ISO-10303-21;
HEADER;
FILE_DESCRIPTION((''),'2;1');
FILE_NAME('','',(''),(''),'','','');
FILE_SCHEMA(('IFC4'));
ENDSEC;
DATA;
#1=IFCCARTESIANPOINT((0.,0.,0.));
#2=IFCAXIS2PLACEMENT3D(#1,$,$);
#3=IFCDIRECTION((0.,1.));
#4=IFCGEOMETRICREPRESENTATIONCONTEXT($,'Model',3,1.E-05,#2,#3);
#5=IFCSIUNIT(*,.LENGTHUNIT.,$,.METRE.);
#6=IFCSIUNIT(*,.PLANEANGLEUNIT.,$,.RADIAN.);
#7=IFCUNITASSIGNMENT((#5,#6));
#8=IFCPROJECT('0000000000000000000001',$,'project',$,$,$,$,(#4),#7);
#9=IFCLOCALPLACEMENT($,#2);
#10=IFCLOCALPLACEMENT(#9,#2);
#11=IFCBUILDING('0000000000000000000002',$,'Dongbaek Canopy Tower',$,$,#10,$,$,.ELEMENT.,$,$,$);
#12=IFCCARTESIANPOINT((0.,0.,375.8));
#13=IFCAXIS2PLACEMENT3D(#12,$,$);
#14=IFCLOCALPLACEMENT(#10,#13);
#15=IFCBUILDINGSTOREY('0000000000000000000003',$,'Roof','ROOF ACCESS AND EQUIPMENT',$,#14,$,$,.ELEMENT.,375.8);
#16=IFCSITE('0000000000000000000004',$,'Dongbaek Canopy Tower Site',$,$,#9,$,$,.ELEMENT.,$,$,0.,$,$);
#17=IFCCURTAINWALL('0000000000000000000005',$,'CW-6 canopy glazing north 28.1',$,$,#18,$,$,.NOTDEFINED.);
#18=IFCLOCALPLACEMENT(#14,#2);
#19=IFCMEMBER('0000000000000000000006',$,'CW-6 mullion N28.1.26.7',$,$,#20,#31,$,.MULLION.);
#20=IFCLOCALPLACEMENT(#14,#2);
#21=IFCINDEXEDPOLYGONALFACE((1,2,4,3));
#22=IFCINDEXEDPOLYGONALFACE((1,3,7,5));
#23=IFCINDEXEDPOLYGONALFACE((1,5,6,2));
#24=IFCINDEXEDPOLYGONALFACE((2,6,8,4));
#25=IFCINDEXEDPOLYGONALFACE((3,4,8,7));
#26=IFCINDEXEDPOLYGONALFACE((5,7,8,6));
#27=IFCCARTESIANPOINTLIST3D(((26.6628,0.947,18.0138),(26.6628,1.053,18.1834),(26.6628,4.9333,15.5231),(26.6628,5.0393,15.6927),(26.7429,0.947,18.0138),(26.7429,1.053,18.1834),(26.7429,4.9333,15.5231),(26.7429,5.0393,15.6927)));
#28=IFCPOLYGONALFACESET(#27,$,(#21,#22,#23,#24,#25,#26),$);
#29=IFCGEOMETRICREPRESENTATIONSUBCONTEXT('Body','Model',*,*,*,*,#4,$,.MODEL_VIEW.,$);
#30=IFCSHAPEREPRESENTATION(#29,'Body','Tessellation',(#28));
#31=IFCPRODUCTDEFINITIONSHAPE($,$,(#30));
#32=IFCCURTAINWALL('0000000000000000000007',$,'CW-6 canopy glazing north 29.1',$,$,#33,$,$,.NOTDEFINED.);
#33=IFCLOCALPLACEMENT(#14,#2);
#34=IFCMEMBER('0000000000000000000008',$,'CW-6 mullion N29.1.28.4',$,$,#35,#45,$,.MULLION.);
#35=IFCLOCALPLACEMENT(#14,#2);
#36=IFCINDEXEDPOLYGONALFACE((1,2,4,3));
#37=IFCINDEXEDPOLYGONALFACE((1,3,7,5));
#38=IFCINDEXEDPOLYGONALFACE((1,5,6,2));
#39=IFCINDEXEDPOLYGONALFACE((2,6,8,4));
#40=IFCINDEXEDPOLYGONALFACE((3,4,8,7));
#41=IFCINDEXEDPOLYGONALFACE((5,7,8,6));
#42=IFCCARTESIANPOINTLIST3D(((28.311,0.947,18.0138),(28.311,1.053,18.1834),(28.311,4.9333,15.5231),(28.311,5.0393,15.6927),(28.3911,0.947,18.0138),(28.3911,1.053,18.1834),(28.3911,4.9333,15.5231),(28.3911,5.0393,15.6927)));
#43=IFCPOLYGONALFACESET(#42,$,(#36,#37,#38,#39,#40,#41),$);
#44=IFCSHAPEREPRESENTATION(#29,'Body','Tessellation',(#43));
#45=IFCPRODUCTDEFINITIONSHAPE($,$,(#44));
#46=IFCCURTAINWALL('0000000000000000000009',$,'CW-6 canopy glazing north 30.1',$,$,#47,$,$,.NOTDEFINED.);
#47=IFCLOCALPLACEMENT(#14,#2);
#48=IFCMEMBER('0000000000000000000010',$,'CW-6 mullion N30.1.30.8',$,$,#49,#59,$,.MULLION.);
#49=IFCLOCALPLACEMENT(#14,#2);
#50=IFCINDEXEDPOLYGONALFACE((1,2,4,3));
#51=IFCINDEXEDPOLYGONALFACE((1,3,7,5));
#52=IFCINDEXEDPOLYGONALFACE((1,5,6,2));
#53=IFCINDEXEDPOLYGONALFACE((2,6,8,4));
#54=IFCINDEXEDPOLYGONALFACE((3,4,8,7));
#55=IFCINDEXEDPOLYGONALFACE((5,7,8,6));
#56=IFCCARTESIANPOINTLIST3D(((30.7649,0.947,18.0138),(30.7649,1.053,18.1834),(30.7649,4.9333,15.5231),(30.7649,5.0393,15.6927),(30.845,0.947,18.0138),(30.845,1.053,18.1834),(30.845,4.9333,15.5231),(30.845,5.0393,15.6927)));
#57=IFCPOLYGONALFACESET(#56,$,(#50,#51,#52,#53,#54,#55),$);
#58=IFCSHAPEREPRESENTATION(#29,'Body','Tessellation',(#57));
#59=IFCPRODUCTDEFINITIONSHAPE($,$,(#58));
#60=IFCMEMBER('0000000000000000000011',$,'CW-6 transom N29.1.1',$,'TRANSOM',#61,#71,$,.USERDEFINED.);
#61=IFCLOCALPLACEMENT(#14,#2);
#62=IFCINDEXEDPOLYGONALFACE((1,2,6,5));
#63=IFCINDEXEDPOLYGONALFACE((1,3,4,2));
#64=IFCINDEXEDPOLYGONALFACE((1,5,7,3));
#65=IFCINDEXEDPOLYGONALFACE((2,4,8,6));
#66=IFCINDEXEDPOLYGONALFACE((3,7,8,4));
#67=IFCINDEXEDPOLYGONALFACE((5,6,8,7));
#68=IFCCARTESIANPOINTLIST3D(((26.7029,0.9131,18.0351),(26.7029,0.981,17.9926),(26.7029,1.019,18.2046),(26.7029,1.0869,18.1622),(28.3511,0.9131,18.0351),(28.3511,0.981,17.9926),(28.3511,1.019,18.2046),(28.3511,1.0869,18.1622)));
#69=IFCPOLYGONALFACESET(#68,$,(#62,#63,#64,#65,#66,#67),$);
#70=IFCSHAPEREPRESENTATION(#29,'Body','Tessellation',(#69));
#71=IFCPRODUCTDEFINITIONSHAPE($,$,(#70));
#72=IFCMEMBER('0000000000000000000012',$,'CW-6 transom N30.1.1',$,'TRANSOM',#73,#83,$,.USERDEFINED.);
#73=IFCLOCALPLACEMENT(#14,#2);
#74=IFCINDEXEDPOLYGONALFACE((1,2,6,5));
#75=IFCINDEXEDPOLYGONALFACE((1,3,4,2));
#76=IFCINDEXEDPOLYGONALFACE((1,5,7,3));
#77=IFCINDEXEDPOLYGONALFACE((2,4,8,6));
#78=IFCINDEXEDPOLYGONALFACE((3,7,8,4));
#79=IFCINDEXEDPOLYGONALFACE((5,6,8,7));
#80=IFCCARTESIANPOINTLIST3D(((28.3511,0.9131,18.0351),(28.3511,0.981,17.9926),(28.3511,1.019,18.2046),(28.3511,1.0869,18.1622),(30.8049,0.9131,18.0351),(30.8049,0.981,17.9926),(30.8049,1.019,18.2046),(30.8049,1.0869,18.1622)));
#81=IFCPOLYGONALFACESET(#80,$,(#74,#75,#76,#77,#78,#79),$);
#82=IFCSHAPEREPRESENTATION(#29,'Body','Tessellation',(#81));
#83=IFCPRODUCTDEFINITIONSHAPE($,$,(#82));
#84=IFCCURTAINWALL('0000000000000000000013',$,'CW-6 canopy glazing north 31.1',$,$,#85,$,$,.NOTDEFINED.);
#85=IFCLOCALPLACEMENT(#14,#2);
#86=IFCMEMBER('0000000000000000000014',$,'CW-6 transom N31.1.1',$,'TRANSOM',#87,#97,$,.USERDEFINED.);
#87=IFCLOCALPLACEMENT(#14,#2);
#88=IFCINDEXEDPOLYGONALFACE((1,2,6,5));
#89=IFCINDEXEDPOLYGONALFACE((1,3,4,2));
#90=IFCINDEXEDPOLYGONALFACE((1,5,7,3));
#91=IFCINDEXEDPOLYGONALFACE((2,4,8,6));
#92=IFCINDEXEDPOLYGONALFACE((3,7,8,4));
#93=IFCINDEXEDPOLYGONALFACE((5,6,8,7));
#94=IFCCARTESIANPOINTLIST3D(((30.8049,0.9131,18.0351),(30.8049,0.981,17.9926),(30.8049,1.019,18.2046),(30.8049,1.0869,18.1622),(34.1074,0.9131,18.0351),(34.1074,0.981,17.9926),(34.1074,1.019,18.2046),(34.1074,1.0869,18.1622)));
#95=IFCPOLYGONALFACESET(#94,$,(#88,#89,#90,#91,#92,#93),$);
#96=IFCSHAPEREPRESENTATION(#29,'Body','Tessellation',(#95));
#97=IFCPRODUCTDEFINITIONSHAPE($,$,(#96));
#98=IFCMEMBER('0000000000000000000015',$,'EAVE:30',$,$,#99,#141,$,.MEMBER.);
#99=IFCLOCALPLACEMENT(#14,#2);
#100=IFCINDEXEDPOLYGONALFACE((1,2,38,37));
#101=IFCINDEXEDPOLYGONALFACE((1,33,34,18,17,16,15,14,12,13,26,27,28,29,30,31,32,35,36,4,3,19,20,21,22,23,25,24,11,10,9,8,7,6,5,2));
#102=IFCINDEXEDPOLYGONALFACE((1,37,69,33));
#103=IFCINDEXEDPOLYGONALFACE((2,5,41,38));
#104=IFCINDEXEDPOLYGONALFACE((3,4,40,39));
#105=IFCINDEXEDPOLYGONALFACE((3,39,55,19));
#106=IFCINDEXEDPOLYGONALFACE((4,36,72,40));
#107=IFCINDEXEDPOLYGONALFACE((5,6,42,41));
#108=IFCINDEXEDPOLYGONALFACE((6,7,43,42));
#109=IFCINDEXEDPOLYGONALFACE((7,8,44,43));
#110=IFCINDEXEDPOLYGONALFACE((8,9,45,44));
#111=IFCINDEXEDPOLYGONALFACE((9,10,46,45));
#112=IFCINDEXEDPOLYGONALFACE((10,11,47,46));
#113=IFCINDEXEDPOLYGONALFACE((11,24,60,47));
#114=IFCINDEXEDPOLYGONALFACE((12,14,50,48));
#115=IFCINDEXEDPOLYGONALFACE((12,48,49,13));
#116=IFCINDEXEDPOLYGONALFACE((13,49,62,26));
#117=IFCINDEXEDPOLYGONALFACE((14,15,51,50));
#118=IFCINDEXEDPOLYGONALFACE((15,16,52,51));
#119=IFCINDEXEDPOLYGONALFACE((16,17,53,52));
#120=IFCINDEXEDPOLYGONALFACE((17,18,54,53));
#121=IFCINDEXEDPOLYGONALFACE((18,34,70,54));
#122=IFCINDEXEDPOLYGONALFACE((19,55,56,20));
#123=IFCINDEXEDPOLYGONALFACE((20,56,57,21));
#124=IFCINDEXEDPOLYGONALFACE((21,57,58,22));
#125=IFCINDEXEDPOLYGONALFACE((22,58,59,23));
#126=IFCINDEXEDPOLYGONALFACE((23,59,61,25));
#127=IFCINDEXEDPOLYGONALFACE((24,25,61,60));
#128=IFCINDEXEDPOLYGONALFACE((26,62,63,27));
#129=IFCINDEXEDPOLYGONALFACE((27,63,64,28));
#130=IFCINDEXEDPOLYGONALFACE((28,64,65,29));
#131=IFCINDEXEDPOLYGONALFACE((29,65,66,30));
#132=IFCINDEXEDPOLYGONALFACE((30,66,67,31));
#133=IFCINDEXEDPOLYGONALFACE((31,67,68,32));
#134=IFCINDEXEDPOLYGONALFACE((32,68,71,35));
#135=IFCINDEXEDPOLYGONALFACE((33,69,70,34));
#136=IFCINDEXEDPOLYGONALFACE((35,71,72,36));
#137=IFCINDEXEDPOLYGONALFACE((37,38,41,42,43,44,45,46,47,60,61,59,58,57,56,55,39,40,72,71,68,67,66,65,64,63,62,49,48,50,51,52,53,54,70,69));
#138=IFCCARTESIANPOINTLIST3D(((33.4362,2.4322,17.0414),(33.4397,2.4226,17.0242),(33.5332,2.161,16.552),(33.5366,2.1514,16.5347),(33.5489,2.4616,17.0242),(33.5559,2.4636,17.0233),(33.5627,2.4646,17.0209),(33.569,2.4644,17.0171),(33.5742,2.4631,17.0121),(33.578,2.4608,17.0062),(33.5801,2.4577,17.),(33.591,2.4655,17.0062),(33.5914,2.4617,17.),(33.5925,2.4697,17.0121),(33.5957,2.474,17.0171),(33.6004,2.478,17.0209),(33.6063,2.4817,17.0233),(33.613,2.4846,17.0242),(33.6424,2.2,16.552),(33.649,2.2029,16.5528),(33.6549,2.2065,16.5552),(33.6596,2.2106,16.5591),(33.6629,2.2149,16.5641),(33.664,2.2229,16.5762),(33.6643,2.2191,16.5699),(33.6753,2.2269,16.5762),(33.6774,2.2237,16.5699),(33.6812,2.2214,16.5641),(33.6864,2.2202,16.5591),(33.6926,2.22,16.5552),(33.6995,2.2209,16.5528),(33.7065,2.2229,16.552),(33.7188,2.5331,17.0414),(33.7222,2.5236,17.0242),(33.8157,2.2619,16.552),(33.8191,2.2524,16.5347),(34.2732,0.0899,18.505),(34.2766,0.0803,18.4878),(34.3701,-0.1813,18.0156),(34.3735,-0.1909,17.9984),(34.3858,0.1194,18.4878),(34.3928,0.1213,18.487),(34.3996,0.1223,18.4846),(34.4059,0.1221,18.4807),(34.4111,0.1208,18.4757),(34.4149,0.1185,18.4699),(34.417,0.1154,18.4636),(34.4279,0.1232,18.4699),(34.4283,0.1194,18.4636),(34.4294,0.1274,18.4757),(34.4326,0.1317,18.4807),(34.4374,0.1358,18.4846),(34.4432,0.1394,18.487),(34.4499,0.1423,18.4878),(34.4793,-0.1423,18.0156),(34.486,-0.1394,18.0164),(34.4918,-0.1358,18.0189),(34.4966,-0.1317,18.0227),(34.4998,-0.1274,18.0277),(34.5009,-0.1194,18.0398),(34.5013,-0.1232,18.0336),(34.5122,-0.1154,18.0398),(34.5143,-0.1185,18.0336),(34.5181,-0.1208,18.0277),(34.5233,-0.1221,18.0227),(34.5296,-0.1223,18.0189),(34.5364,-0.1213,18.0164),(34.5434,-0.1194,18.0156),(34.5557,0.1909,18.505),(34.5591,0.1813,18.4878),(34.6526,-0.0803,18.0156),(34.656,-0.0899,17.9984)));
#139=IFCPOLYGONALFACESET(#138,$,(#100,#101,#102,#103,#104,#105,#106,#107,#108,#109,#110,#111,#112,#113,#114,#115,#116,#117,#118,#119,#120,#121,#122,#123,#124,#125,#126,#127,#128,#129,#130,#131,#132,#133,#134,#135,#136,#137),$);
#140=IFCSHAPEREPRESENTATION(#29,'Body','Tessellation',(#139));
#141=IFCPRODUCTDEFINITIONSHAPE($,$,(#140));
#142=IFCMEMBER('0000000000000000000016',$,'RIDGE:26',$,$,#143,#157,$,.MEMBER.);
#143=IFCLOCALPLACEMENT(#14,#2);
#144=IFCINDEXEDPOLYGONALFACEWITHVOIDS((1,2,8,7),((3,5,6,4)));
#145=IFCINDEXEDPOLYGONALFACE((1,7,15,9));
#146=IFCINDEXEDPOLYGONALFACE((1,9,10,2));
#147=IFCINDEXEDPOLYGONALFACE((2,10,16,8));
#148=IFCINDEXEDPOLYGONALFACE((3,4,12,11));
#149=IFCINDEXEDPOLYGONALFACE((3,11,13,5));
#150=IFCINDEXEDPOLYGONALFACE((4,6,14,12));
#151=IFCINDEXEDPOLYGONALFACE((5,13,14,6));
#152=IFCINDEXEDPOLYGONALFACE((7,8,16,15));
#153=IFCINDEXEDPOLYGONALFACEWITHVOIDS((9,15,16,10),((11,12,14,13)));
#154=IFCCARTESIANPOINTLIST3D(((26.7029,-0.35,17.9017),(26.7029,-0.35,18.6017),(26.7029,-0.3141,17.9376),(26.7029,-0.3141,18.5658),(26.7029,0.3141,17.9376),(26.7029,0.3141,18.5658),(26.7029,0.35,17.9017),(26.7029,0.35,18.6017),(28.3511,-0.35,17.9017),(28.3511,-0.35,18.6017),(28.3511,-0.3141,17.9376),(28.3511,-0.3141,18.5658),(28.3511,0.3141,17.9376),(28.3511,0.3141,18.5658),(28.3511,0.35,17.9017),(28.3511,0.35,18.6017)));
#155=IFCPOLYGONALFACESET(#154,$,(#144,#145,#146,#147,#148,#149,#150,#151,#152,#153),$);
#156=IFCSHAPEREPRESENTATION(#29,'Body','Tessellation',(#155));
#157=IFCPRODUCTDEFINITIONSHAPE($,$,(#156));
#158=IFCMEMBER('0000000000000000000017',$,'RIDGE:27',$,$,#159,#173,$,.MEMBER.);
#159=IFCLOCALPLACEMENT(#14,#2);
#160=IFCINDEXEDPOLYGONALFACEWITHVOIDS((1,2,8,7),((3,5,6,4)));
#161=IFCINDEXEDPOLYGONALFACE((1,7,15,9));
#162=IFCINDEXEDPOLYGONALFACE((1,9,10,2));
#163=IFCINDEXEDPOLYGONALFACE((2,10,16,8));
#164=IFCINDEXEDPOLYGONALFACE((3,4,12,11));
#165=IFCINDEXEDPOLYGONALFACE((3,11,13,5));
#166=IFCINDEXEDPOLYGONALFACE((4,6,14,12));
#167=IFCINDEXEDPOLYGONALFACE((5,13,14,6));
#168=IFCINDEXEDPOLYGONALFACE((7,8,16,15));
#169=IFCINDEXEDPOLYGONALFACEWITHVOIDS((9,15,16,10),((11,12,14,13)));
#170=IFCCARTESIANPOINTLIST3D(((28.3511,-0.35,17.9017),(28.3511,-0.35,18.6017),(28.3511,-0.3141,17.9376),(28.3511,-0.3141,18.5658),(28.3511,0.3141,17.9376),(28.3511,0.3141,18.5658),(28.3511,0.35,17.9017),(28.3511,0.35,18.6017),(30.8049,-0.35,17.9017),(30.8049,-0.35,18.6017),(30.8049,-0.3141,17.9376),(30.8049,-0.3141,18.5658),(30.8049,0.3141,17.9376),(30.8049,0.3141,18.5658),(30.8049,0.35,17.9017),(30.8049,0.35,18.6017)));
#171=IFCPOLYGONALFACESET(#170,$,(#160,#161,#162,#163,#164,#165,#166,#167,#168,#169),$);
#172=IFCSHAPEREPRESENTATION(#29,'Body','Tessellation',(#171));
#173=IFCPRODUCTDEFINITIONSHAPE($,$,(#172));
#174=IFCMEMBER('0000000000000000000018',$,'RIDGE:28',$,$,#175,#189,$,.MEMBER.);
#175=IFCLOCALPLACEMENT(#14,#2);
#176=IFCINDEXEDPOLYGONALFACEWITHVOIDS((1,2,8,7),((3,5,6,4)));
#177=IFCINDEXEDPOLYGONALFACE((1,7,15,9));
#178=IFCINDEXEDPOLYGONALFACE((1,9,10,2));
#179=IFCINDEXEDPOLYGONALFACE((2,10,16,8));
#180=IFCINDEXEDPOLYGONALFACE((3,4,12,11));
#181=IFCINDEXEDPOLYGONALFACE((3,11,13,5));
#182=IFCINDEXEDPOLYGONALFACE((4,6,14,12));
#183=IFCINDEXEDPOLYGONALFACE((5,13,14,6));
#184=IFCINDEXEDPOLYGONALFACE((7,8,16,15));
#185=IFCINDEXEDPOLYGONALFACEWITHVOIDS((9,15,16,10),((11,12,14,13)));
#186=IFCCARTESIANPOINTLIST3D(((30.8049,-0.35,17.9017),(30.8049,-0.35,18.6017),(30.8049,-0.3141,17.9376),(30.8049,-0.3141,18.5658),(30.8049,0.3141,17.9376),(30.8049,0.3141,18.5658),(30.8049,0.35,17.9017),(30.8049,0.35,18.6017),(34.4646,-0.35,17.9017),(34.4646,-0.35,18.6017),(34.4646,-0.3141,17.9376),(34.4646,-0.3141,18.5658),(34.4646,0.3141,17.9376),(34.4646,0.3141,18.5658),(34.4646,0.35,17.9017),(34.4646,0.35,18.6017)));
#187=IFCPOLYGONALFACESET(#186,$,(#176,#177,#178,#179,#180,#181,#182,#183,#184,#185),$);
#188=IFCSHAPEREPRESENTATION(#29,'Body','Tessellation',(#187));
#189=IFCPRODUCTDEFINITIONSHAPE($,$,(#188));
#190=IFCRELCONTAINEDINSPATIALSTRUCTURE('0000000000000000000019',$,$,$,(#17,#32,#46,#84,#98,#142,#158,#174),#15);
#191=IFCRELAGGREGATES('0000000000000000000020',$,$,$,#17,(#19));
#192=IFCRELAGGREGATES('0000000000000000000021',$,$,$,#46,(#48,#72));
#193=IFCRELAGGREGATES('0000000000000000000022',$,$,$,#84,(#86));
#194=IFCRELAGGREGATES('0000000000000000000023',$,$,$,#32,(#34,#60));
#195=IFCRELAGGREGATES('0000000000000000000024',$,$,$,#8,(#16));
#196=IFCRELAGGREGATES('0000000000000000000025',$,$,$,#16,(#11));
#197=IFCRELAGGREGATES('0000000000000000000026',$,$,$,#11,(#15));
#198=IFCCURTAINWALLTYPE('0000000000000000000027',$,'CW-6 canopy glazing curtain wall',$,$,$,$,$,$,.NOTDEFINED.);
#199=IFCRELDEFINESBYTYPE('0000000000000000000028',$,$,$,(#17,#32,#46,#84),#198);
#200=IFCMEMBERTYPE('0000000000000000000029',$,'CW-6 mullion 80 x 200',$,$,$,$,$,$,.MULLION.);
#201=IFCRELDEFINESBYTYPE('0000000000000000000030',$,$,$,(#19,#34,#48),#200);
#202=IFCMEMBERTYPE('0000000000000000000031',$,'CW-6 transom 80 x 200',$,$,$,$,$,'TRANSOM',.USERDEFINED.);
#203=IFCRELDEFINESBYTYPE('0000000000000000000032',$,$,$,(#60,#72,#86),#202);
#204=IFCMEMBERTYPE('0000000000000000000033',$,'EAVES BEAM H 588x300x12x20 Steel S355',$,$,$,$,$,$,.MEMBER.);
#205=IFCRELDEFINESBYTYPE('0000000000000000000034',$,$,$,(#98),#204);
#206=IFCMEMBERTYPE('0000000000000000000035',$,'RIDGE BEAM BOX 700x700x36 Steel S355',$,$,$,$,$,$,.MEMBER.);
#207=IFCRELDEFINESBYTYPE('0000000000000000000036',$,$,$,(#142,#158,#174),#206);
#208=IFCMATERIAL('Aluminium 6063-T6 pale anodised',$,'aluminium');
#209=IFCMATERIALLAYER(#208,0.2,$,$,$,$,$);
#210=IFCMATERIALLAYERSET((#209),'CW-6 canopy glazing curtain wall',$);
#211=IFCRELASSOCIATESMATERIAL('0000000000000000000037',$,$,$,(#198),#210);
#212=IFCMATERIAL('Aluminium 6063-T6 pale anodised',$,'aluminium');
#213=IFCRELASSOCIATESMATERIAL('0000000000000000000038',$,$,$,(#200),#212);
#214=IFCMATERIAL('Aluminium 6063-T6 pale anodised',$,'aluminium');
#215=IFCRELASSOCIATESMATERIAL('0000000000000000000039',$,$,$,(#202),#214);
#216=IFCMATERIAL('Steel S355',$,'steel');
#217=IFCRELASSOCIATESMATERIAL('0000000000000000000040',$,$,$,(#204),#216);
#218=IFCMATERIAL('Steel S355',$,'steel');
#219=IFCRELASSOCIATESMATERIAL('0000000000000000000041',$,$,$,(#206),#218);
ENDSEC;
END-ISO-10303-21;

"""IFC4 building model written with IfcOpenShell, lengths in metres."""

from ifc_helpers import new_model, si_unit, direction, frame, origin, origin_2d, place, context, subcontext, project, spatial, rectangle, hollow_rectangle, i_section, extrude, material, layer, layer_set, material_profile, profile_set, type_object, element, aggregate, save


model = new_model("IFC4")

# Units and contexts
model_context = context("Model", 3, precision=1e-05, world=origin(), true_north=direction((0.0, 1.0)))
body_context = subcontext(model_context, "Body", "Model", "MODEL_VIEW")
ifc_project = project(units=[si_unit("LENGTHUNIT", "METRE"), si_unit("PLANEANGLEUNIT", "RADIAN")], contexts=[model_context])

# Site, building, storey
site_placement = place(None, origin())
site = spatial("IfcSite", under=ifc_project, at=site_placement, Name="Dongbaek Canopy Tower Site", CompositionType="ELEMENT", RefElevation=0.0)
building_placement = place(site_placement, origin())
building = spatial("IfcBuilding", under=site, at=building_placement, Name="Dongbaek Canopy Tower", CompositionType="ELEMENT")
storey_placement = place(building_placement, frame((0.0, 0.0, 375.8)))
storey = spatial("IfcBuildingStorey", under=building, at=storey_placement, Name="Roof", Description="ROOF ACCESS AND EQUIPMENT", CompositionType="ELEMENT", Elevation=375.8)

# Curtain walls, members
ifc_material_1 = material(Name="Aluminium 6063-T6 pale anodised", Category="aluminium")
ifc_layer_1 = layer(ifc_material_1, 0.2)
ifc_layer_set_1 = layer_set([ifc_layer_1], Name="CW-6 canopy glazing curtain wall")
curtain_wall_type = type_object("IfcCurtainWallType", Name="CW-6 canopy glazing curtain wall", PredefinedType="NOTDEFINED", material=ifc_layer_set_1)
curtain_wall_1_placement = place(storey_placement, origin())
curtain_wall_1 = element("IfcCurtainWall", 1, at=curtain_wall_1_placement, inside=storey, type_object=curtain_wall_type, Name="CW-6 canopy glazing north 28.1", PredefinedType="NOTDEFINED")
ifc_material_2 = material(Name="Aluminium 6063-T6 pale anodised", Category="aluminium")
ifc_material_profile_1 = material_profile(ifc_material_2, rectangle(XDim=0.0801, YDim=0.2, at=origin_2d()), Name="CW-6 mullion 80 x 200")
ifc_profile_set_1 = profile_set([ifc_material_profile_1], Name="Aluminium 6063-T6 pale anodised")
member_type_1 = type_object("IfcMemberType", Name="CW-6 mullion 80 x 200", PredefinedType="MULLION", material=ifc_profile_set_1)
member_1_placement = place(storey_placement, frame((26.7029, 1.0, 18.0986), z_axis=(0.0, 0.848068, -0.529887), x_axis=(-1.0, 0.0, 0.0)))
member_1 = element("IfcMember", 2, at=member_1_placement, type_object=member_type_1, Name="CW-6 mullion N28.1.26.7", PredefinedType="MULLION", context=body_context, shape_type="SweptSolid", body=[
    extrude(rectangle(XDim=0.0801, YDim=0.2, at=origin_2d()), origin(), (0.0, 0.0, 1.0), 4.7004),
])
aggregate(curtain_wall_1, [member_1])
curtain_wall_2_placement = place(storey_placement, origin())
curtain_wall_2 = element("IfcCurtainWall", 3, at=curtain_wall_2_placement, inside=storey, type_object=curtain_wall_type, Name="CW-6 canopy glazing north 29.1", PredefinedType="NOTDEFINED")
member_2_placement = place(storey_placement, frame((28.3511, 1.0, 18.0986), z_axis=(0.0, 0.848068, -0.529887), x_axis=(-1.0, 0.0, 0.0)))
member_2 = element("IfcMember", 4, at=member_2_placement, type_object=member_type_1, Name="CW-6 mullion N29.1.28.4", PredefinedType="MULLION", context=body_context, shape_type="SweptSolid", body=[
    extrude(rectangle(XDim=0.0801, YDim=0.2, at=origin_2d()), origin(), (0.0, 0.0, 1.0), 4.7004),
])
curtain_wall_3_placement = place(storey_placement, origin())
curtain_wall_3 = element("IfcCurtainWall", 5, at=curtain_wall_3_placement, inside=storey, type_object=curtain_wall_type, Name="CW-6 canopy glazing north 30.1", PredefinedType="NOTDEFINED")
member_3_placement = place(storey_placement, frame((30.8049, 1.0, 18.0986), z_axis=(0.0, 0.848068, -0.529887), x_axis=(-1.0, 0.0, 0.0)))
member_3 = element("IfcMember", 6, at=member_3_placement, type_object=member_type_1, Name="CW-6 mullion N30.1.30.8", PredefinedType="MULLION", context=body_context, shape_type="SweptSolid", body=[
    extrude(rectangle(XDim=0.0801, YDim=0.2, at=origin_2d()), origin(), (0.0, 0.0, 1.0), 4.7004),
])

# Members
ifc_material_3 = material(Name="Aluminium 6063-T6 pale anodised", Category="aluminium")
ifc_material_profile_2 = material_profile(ifc_material_3, rectangle(XDim=0.0801, YDim=0.2, at=origin_2d()), Name="CW-6 transom 80 x 200")
ifc_profile_set_2 = profile_set([ifc_material_profile_2], Name="Aluminium 6063-T6 pale anodised")
member_type_2 = type_object("IfcMemberType", Name="CW-6 transom 80 x 200", ElementType="TRANSOM", PredefinedType="USERDEFINED", material=ifc_profile_set_2)
member_4_placement = place(storey_placement, frame((26.7029, 1.0, 18.0986), z_axis=(1.0, 0.0, 0.0), x_axis=(0.0, 0.848048, -0.529919)))
member_4 = element("IfcMember", 7, at=member_4_placement, type_object=member_type_2, Name="CW-6 transom N29.1.1", ObjectType="TRANSOM", PredefinedType="USERDEFINED", context=body_context, shape_type="SweptSolid", body=[
    extrude(rectangle(XDim=0.0801, YDim=0.2, at=origin_2d()), origin(), (0.0, 0.0, 1.0), 1.6482),
])
member_5_placement = place(storey_placement, frame((28.3511, 1.0, 18.0986), z_axis=(1.0, 0.0, 0.0), x_axis=(0.0, 0.848048, -0.529919)))
member_5 = element("IfcMember", 8, at=member_5_placement, type_object=member_type_2, Name="CW-6 transom N30.1.1", ObjectType="TRANSOM", PredefinedType="USERDEFINED", context=body_context, shape_type="SweptSolid", body=[
    extrude(rectangle(XDim=0.0801, YDim=0.2, at=origin_2d()), origin(), (0.0, 0.0, 1.0), 2.4539),
])
aggregate(curtain_wall_3, [member_3, member_5])

# Curtain wall, member
curtain_wall_4_placement = place(storey_placement, origin())
curtain_wall_4 = element("IfcCurtainWall", 9, at=curtain_wall_4_placement, inside=storey, type_object=curtain_wall_type, Name="CW-6 canopy glazing north 31.1", PredefinedType="NOTDEFINED")
member_6_placement = place(storey_placement, frame((30.8049, 1.0, 18.0986), z_axis=(1.0, 0.0, 0.0), x_axis=(0.0, 0.848048, -0.529919)))
member_6 = element("IfcMember", 10, at=member_6_placement, type_object=member_type_2, Name="CW-6 transom N31.1.1", ObjectType="TRANSOM", PredefinedType="USERDEFINED", context=body_context, shape_type="SweptSolid", body=[
    extrude(rectangle(XDim=0.0801, YDim=0.2, at=origin_2d()), origin(), (0.0, 0.0, 1.0), 3.3025),
])
aggregate(curtain_wall_4, [member_6])

# Members
ifc_material_4 = material(Name="Steel S355", Category="steel")
ifc_material_profile_3 = material_profile(ifc_material_4, i_section(OverallWidth=0.3, OverallDepth=0.5879, WebThickness=0.012, FlangeThickness=0.02, FilletRadius=0.0281, at=origin_2d()), Name="EAVES BEAM H 588x300x12x20 Steel S355")
ifc_profile_set_3 = profile_set([ifc_material_profile_3], Name="Steel S355")
member_type_3 = type_object("IfcMemberType", Name="EAVES BEAM H 588x300x12x20 Steel S355", PredefinedType="MEMBER", material=ifc_profile_set_3)
member_7_placement = place(storey_placement, frame((34.4646, 0.0, 18.2517), z_axis=(-0.289992, 0.811606, -0.507148), x_axis=(-0.941693, -0.336473, 0.0)))
element("IfcMember", 11, at=member_7_placement, inside=storey, type_object=member_type_3, Name="EAVE:30", PredefinedType="MEMBER", context=body_context, shape_type="SweptSolid", body=[
    extrude(i_section(OverallWidth=0.3, OverallDepth=0.5879, WebThickness=0.012, FlangeThickness=0.02, FilletRadius=0.0281, at=origin_2d()), origin(), (0.0, 0.0, 1.0), 2.886),
])
ifc_material_5 = material(Name="Steel S355", Category="steel")
ifc_material_profile_4 = material_profile(ifc_material_5, hollow_rectangle(XDim=0.7, YDim=0.7, WallThickness=0.0359, at=origin_2d()), Name="RIDGE BEAM BOX 700x700x36 Steel S355")
ifc_profile_set_4 = profile_set([ifc_material_profile_4], Name="Steel S355")
member_type_4 = type_object("IfcMemberType", Name="RIDGE BEAM BOX 700x700x36 Steel S355", PredefinedType="MEMBER", material=ifc_profile_set_4)
member_8_placement = place(storey_placement, frame((26.7029, 0.0, 18.2517), z_axis=(1.0, 0.0, 0.0), x_axis=(0.0, 1.0, 0.0)))
element("IfcMember", 12, at=member_8_placement, inside=storey, type_object=member_type_4, Name="RIDGE:26", PredefinedType="MEMBER", context=body_context, shape_type="SweptSolid", body=[
    extrude(hollow_rectangle(XDim=0.7, YDim=0.7, WallThickness=0.0359, at=origin_2d()), origin(), (0.0, 0.0, 1.0), 1.6482),
])
member_9_placement = place(storey_placement, frame((28.3511, 0.0, 18.2517), z_axis=(1.0, 0.0, 0.0), x_axis=(0.0, 1.0, 0.0)))
element("IfcMember", 13, at=member_9_placement, inside=storey, type_object=member_type_4, Name="RIDGE:27", PredefinedType="MEMBER", context=body_context, shape_type="SweptSolid", body=[
    extrude(hollow_rectangle(XDim=0.7, YDim=0.7, WallThickness=0.0359, at=origin_2d()), origin(), (0.0, 0.0, 1.0), 2.4539),
])
member_10_placement = place(storey_placement, frame((30.8049, 0.0, 18.2517), z_axis=(1.0, 0.0, 0.0), x_axis=(0.0, 1.0, 0.0)))
element("IfcMember", 14, at=member_10_placement, inside=storey, type_object=member_type_4, Name="RIDGE:28", PredefinedType="MEMBER", context=body_context, shape_type="SweptSolid", body=[
    extrude(hollow_rectangle(XDim=0.7, YDim=0.7, WallThickness=0.0359, at=origin_2d()), origin(), (0.0, 0.0, 1.0), 3.6597),
])

aggregate(curtain_wall_2, [member_2, member_4])

save(model, "model.ifc")
